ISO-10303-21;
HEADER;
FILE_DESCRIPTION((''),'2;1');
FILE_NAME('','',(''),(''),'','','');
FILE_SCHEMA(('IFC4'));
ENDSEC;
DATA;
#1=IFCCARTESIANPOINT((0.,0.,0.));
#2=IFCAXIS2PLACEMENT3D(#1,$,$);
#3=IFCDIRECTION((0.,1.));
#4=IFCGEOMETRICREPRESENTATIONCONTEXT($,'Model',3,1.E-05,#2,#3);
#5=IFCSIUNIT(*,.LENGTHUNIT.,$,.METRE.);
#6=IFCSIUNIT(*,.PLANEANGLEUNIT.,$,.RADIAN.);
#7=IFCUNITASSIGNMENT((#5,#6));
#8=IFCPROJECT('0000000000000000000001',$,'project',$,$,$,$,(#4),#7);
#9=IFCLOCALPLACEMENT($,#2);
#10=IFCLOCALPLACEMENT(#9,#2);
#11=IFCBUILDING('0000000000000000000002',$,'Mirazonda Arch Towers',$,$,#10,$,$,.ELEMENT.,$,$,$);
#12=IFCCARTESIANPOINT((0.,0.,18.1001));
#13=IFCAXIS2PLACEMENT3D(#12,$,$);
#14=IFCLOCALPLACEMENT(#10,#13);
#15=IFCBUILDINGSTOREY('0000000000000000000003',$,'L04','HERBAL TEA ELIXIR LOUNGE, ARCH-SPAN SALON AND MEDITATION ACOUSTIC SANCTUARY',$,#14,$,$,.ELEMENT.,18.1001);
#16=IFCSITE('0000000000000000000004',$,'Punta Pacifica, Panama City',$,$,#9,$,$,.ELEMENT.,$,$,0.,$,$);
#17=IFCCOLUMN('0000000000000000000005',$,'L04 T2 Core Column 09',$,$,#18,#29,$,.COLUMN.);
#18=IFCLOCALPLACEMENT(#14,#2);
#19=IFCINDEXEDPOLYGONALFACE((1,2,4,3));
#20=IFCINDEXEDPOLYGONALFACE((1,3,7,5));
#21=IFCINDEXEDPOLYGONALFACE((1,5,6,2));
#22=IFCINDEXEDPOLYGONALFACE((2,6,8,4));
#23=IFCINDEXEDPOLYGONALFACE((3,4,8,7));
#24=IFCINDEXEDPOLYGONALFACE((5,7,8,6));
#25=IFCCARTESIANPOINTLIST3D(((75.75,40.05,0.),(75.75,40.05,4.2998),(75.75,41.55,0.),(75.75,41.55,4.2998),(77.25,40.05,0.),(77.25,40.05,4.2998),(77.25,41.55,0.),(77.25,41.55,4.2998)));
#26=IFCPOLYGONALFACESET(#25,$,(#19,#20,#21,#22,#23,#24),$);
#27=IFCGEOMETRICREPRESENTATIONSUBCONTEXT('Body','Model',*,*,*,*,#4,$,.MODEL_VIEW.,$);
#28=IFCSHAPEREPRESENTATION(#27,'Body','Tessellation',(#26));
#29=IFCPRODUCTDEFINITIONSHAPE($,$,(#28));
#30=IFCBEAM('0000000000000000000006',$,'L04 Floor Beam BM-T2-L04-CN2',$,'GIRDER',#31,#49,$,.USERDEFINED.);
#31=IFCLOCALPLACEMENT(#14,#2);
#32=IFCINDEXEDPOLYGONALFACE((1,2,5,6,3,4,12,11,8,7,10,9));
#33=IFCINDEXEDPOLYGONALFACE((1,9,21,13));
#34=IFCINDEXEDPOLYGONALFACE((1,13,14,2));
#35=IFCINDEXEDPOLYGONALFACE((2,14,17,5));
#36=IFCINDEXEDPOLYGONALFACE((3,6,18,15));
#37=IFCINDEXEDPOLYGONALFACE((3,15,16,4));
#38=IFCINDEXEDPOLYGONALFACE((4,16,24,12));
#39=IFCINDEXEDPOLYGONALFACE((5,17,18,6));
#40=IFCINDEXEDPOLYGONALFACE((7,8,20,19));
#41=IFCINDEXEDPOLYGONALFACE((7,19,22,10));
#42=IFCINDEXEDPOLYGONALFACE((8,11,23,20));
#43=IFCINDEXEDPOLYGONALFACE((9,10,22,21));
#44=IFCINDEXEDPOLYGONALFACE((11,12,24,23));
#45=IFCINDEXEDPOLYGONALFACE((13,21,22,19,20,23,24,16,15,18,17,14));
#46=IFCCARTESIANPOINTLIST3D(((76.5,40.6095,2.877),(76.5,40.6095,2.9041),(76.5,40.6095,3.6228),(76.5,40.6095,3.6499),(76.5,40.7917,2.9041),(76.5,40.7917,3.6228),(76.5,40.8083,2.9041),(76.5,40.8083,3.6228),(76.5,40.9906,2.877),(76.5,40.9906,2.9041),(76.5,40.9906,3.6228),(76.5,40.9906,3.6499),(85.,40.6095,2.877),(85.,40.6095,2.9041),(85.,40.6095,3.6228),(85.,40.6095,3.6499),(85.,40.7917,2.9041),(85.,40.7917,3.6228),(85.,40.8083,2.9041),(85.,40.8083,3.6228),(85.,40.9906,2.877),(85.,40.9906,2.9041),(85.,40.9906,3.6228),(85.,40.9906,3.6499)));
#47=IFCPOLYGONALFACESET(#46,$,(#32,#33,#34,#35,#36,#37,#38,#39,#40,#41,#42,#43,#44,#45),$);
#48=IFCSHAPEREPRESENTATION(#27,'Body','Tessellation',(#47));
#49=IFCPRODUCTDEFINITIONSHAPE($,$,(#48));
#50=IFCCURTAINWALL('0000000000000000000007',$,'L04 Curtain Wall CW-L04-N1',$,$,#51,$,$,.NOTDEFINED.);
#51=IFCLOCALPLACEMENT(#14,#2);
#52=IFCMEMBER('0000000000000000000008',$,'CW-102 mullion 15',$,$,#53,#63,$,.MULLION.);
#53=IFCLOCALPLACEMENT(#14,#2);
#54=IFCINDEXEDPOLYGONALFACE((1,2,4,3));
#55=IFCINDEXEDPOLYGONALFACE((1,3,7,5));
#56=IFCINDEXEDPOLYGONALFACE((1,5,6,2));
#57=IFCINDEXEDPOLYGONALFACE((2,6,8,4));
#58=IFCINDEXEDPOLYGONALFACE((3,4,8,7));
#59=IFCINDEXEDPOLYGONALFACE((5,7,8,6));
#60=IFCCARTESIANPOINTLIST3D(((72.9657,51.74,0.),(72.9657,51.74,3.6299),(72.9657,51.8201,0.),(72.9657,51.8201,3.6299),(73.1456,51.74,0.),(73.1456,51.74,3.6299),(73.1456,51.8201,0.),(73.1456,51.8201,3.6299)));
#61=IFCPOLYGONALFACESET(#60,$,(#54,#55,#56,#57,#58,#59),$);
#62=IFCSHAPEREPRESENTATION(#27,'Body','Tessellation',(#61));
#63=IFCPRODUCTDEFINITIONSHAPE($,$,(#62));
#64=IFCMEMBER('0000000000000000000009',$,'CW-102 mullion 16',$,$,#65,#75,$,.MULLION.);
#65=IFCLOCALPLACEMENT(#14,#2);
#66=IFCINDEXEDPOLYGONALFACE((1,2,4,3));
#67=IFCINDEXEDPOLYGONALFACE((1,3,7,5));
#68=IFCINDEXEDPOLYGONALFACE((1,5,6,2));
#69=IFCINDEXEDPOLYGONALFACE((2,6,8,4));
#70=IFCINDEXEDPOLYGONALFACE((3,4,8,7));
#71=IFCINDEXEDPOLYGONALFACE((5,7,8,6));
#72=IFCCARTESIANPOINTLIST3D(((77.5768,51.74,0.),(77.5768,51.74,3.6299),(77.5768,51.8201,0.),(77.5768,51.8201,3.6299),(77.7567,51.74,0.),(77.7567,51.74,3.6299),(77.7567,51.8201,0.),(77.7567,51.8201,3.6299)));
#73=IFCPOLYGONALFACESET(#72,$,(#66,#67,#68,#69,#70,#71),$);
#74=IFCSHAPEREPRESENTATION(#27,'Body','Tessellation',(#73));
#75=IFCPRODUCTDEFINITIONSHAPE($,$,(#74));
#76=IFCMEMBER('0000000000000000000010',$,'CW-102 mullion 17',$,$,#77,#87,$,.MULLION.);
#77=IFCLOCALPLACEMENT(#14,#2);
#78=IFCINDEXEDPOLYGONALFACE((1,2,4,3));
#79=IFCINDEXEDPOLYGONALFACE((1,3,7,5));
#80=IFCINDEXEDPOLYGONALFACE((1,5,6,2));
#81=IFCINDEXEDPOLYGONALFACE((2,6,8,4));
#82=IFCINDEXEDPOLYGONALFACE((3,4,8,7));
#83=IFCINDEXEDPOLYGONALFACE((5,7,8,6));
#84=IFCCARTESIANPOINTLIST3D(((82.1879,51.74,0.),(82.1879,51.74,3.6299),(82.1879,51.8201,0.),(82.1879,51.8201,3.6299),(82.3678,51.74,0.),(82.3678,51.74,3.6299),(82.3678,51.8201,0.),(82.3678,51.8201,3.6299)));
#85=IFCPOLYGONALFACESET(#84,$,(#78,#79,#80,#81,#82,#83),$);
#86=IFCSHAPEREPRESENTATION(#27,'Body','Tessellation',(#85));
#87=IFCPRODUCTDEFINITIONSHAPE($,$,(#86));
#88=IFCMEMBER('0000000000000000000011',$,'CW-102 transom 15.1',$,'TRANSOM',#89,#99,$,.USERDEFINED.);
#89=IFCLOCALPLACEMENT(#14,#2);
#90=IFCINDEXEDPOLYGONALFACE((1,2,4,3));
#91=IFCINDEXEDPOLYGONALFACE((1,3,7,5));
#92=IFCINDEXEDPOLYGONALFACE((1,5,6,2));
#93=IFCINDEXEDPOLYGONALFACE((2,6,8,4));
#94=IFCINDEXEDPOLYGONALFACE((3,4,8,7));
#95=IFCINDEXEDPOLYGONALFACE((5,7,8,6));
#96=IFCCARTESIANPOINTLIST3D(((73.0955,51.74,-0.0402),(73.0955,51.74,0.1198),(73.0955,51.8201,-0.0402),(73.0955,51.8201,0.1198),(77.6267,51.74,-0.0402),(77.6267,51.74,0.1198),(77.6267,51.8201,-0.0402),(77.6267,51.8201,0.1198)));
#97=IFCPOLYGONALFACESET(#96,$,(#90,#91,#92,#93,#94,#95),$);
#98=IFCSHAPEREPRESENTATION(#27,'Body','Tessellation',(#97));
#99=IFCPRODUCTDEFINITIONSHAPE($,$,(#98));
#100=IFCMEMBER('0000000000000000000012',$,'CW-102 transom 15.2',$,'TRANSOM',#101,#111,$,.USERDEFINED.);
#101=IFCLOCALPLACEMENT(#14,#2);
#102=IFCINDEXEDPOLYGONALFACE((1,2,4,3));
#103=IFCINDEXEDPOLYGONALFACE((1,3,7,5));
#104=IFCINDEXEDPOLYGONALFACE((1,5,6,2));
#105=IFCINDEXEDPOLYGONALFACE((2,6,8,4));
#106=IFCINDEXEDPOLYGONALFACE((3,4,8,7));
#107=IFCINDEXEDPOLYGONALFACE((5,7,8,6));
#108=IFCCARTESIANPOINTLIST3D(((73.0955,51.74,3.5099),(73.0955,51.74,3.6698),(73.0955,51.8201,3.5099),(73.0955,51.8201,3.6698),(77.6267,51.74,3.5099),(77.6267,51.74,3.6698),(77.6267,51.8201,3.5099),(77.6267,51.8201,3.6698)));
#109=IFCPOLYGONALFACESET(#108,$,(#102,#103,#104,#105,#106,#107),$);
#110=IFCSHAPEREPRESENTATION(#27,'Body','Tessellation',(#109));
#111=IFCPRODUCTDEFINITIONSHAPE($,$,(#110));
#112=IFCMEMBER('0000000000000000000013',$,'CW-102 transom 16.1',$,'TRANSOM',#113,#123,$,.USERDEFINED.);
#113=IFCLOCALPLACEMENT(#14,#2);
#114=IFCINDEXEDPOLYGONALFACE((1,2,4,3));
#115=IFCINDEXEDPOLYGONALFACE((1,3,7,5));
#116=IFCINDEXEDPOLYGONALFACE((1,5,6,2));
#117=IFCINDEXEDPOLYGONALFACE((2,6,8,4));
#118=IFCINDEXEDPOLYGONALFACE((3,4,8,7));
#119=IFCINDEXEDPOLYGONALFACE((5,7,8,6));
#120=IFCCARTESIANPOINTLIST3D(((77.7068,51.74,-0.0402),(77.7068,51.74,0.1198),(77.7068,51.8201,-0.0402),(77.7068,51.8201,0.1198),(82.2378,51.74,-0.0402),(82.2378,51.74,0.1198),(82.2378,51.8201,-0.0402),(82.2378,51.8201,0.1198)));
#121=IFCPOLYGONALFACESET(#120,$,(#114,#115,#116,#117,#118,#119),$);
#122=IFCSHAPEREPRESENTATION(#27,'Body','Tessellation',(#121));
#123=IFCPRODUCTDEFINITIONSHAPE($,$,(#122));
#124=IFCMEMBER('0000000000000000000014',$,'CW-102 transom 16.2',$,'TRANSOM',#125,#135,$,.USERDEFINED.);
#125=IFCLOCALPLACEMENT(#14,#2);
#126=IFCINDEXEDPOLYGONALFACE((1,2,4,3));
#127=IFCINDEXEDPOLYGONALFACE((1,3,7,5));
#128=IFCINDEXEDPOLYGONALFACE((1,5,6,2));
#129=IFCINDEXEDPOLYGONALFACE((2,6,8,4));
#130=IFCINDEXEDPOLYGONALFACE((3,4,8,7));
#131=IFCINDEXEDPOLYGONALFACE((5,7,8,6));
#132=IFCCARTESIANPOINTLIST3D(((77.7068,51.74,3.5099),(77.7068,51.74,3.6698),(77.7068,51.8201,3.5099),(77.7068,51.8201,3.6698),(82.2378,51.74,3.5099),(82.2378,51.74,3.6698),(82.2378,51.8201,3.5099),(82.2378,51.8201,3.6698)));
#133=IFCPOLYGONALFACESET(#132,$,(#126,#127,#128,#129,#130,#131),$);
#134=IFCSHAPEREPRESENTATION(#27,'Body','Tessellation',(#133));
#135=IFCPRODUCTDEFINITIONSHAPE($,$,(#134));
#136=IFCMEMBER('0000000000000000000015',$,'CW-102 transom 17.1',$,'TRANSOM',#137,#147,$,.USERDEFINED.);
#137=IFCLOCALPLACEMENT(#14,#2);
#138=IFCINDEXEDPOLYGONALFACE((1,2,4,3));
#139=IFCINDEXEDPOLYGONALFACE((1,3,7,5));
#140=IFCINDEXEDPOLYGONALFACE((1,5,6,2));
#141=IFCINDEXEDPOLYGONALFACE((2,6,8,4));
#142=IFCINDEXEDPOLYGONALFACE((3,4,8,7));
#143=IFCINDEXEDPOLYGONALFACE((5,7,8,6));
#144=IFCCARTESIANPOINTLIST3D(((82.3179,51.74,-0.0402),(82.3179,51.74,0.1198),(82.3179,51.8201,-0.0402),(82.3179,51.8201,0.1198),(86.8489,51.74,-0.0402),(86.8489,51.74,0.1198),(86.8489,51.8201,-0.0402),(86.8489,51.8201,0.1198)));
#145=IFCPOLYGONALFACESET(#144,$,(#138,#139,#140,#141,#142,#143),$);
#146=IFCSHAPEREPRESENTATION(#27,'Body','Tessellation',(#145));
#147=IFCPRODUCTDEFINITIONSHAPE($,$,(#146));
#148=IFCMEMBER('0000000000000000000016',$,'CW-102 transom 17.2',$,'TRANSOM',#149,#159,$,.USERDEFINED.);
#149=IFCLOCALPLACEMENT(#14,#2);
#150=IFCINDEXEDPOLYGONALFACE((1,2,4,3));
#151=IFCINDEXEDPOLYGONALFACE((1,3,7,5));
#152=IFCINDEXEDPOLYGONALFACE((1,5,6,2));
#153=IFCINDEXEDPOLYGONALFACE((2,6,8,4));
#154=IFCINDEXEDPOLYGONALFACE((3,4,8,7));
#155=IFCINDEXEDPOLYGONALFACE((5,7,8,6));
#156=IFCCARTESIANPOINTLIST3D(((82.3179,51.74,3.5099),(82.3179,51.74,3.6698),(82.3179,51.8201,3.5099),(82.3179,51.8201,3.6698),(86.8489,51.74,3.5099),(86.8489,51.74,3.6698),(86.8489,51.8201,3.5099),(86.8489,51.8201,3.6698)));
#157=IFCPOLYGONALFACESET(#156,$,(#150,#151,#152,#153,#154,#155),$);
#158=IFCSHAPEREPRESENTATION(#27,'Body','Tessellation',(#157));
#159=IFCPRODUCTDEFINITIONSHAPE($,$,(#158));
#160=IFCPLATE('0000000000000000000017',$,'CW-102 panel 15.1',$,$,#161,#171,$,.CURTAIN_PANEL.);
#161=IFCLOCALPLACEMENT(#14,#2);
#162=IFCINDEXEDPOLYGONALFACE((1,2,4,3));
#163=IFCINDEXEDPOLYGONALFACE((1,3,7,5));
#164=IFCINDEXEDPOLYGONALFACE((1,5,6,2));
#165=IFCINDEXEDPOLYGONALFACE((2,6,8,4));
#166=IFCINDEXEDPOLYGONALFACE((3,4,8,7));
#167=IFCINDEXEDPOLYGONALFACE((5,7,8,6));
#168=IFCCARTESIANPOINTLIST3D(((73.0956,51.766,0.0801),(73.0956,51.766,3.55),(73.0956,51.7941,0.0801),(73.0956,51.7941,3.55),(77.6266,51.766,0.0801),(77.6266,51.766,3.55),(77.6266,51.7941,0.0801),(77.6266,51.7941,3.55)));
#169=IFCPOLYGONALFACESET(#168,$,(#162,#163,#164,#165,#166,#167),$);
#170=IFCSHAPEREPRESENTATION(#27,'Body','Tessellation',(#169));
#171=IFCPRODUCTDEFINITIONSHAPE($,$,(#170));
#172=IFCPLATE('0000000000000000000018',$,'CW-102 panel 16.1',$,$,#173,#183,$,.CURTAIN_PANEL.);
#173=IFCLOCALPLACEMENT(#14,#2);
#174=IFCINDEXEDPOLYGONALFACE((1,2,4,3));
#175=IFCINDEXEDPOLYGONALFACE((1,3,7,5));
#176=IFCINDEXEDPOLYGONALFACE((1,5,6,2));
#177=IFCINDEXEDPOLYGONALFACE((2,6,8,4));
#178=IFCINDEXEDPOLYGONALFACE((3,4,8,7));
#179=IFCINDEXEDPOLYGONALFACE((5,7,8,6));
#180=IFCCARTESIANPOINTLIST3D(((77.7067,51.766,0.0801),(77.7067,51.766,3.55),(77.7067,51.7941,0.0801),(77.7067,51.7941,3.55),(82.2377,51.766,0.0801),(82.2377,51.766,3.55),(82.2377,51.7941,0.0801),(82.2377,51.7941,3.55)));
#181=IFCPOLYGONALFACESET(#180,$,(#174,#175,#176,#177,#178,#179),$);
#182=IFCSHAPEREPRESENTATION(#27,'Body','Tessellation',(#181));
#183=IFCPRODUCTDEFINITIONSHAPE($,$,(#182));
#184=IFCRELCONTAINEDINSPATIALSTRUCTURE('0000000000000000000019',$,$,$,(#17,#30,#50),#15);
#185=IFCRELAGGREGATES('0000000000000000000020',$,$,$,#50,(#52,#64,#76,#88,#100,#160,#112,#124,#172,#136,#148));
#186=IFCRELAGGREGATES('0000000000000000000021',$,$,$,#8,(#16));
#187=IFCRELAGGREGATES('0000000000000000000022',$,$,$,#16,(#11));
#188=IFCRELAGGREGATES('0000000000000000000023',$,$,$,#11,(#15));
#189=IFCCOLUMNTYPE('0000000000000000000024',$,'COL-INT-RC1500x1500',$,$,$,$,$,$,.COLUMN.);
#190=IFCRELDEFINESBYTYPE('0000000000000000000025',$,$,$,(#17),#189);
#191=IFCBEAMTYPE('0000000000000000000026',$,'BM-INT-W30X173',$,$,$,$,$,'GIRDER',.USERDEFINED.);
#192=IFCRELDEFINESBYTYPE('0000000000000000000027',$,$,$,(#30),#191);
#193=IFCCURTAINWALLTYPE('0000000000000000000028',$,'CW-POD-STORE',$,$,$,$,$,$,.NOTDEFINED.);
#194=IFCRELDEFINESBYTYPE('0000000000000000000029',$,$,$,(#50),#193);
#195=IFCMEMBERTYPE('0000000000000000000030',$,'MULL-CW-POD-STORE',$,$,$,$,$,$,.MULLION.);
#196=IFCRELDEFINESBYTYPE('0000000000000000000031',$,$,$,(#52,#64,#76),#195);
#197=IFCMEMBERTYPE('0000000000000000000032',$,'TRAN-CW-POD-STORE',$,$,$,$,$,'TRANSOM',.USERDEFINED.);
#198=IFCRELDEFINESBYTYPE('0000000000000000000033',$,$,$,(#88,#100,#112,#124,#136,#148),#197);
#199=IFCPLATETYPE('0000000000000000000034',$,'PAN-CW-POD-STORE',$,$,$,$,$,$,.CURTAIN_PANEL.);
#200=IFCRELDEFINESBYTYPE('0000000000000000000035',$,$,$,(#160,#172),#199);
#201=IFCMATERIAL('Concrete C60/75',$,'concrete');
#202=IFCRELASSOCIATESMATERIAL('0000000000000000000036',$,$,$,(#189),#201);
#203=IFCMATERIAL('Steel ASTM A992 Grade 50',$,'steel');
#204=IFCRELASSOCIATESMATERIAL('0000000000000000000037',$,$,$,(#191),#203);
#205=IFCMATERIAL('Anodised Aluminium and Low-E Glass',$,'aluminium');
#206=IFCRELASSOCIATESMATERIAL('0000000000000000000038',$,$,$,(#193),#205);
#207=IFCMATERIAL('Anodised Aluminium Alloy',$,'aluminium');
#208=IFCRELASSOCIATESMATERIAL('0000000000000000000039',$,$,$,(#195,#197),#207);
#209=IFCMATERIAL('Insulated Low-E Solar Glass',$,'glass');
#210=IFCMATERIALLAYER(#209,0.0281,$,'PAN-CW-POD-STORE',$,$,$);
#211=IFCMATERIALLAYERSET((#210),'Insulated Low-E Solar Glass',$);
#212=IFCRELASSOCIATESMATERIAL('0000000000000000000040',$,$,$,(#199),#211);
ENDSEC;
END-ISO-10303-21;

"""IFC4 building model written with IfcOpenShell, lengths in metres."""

from ifc_helpers import new_model, si_unit, direction, frame, origin, origin_2d, place, context, subcontext, project, spatial, rectangle, i_section, extrude, material, layer, layer_set, material_profile, profile_set, type_object, element, aggregate, save


model = new_model("IFC4")

# Units and contexts
model_context = context("Model", 3, precision=1e-05, world=origin(), true_north=direction((0.0, 1.0)))
body_context = subcontext(model_context, "Body", "Model", "MODEL_VIEW")
ifc_project = project(units=[si_unit("LENGTHUNIT", "METRE"), si_unit("PLANEANGLEUNIT", "RADIAN")], contexts=[model_context])

# Site, building, storey
site_placement = place(None, origin())
site = spatial("IfcSite", under=ifc_project, at=site_placement, Name="Punta Pacifica, Panama City", CompositionType="ELEMENT", RefElevation=0.0)
building_placement = place(site_placement, origin())
building = spatial("IfcBuilding", under=site, at=building_placement, Name="Mirazonda Arch Towers", CompositionType="ELEMENT")
storey_placement = place(building_placement, frame((0.0, 0.0, 18.1001)))
storey = spatial("IfcBuildingStorey", under=building, at=storey_placement, Name="L04", Description="HERBAL TEA ELIXIR LOUNGE, ARCH-SPAN SALON AND MEDITATION ACOUSTIC SANCTUARY", CompositionType="ELEMENT", Elevation=18.1001)

# Column
ifc_material_1 = material(Name="Concrete C60/75", Category="concrete")
ifc_material_profile_1 = material_profile(ifc_material_1, rectangle(XDim=1.5, YDim=1.5, at=origin_2d()), Name="RC1500x1500")
ifc_profile_set_1 = profile_set([ifc_material_profile_1], Name="Concrete C60/75")
column_type = type_object("IfcColumnType", Name="COL-INT-RC1500x1500", PredefinedType="COLUMN", material=ifc_profile_set_1)
column_placement = place(storey_placement, frame((76.5, 40.8, 0.0), z_axis=(0.0, 0.0, 1.0), x_axis=(1.0, 0.0, 0.0)))
element("IfcColumn", 1, at=column_placement, inside=storey, type_object=column_type, Name="L04 T2 Core Column 09", PredefinedType="COLUMN", context=body_context, shape_type="SweptSolid", body=[
    extrude(rectangle(XDim=1.5, YDim=1.5, at=origin_2d()), origin(), (0.0, 0.0, 1.0), 4.2998),
])

# Beam
ifc_material_2 = material(Name="Steel ASTM A992 Grade 50", Category="steel")
ifc_material_profile_2 = material_profile(ifc_material_2, i_section(OverallWidth=0.3811, OverallDepth=0.7729, WebThickness=0.0166, FlangeThickness=0.0271, at=origin_2d()), Name="W30X173")
ifc_profile_set_2 = profile_set([ifc_material_profile_2], Name="Steel ASTM A992 Grade 50")
beam_type = type_object("IfcBeamType", Name="BM-INT-W30X173", ElementType="GIRDER", PredefinedType="USERDEFINED", material=ifc_profile_set_2)
beam_placement = place(storey_placement, frame((76.5, 40.8, 3.2634), z_axis=(1.0, 0.0, 0.0), x_axis=(0.0, 1.0, 0.0)))
element("IfcBeam", 2, at=beam_placement, inside=storey, type_object=beam_type, Name="L04 Floor Beam BM-T2-L04-CN2", ObjectType="GIRDER", PredefinedType="USERDEFINED", context=body_context, shape_type="SweptSolid", body=[
    extrude(i_section(OverallWidth=0.3811, OverallDepth=0.7729, WebThickness=0.0166, FlangeThickness=0.0271, at=origin_2d()), origin(), (0.0, 0.0, 1.0), 8.5),
])

# Curtain wall, members, plates
ifc_material_3 = material(Name="Anodised Aluminium and Low-E Glass", Category="aluminium")
curtain_wall_type = type_object("IfcCurtainWallType", Name="CW-POD-STORE", PredefinedType="NOTDEFINED", material=ifc_material_3)
curtain_wall_placement = place(storey_placement, origin())
curtain_wall = element("IfcCurtainWall", 3, at=curtain_wall_placement, inside=storey, type_object=curtain_wall_type, Name="L04 Curtain Wall CW-L04-N1", PredefinedType="NOTDEFINED")
ifc_material_4 = material(Name="Anodised Aluminium Alloy", Category="aluminium")
ifc_material_profile_3 = material_profile(ifc_material_4, rectangle(XDim=0.0801, YDim=0.1799, at=origin_2d()), Name="ALU-MULL-80x180")
ifc_profile_set_3 = profile_set([ifc_material_profile_3], Name="Anodised Aluminium Alloy")
member_type_1 = type_object("IfcMemberType", Name="MULL-CW-POD-STORE", PredefinedType="MULLION", material=ifc_profile_set_3)
member_1_placement = place(storey_placement, frame((73.0557, 51.78, 0.0), z_axis=(0.0, 0.0, 1.0), x_axis=(0.0, 1.0, 0.0)))
member_1 = element("IfcMember", 4, at=member_1_placement, type_object=member_type_1, Name="CW-102 mullion 15", PredefinedType="MULLION", context=body_context, shape_type="SweptSolid", body=[
    extrude(rectangle(XDim=0.0801, YDim=0.1799, at=origin_2d()), origin(), (0.0, 0.0, 1.0), 3.6299),
])
member_2_placement = place(storey_placement, frame((77.6667, 51.78, 0.0), z_axis=(0.0, 0.0, 1.0), x_axis=(0.0, 1.0, 0.0)))
member_2 = element("IfcMember", 5, at=member_2_placement, type_object=member_type_1, Name="CW-102 mullion 16", PredefinedType="MULLION", context=body_context, shape_type="SweptSolid", body=[
    extrude(rectangle(XDim=0.0801, YDim=0.1799, at=origin_2d()), origin(), (0.0, 0.0, 1.0), 3.6299),
])
member_3_placement = place(storey_placement, frame((82.2778, 51.78, 0.0), z_axis=(0.0, 0.0, 1.0), x_axis=(0.0, 1.0, 0.0)))
member_3 = element("IfcMember", 6, at=member_3_placement, type_object=member_type_1, Name="CW-102 mullion 17", PredefinedType="MULLION", context=body_context, shape_type="SweptSolid", body=[
    extrude(rectangle(XDim=0.0801, YDim=0.1799, at=origin_2d()), origin(), (0.0, 0.0, 1.0), 3.6299),
])
ifc_material_profile_4 = material_profile(ifc_material_4, rectangle(XDim=0.0801, YDim=0.1599, at=origin_2d()), Name="ALU-TRAN-80x160")
ifc_profile_set_4 = profile_set([ifc_material_profile_4], Name="Anodised Aluminium Alloy")
member_type_2 = type_object("IfcMemberType", Name="TRAN-CW-POD-STORE", ElementType="TRANSOM", PredefinedType="USERDEFINED", material=ifc_profile_set_4)
member_4_placement = place(storey_placement, frame((73.0955, 51.78, 0.0398), z_axis=(1.0, 0.0, 0.0), x_axis=(0.0, 1.0, 0.0)))
member_4 = element("IfcMember", 7, at=member_4_placement, type_object=member_type_2, Name="CW-102 transom 15.1", ObjectType="TRANSOM", PredefinedType="USERDEFINED", context=body_context, shape_type="SweptSolid", body=[
    extrude(rectangle(XDim=0.0801, YDim=0.1599, at=origin_2d()), origin(), (0.0, 0.0, 1.0), 4.5312),
])
member_5_placement = place(storey_placement, frame((73.0955, 51.78, 3.5898), z_axis=(1.0, 0.0, 0.0), x_axis=(0.0, 1.0, 0.0)))
member_5 = element("IfcMember", 8, at=member_5_placement, type_object=member_type_2, Name="CW-102 transom 15.2", ObjectType="TRANSOM", PredefinedType="USERDEFINED", context=body_context, shape_type="SweptSolid", body=[
    extrude(rectangle(XDim=0.0801, YDim=0.1599, at=origin_2d()), origin(), (0.0, 0.0, 1.0), 4.5312),
])
member_6_placement = place(storey_placement, frame((77.7068, 51.78, 0.0398), z_axis=(1.0, 0.0, 0.0), x_axis=(0.0, 1.0, 0.0)))
member_6 = element("IfcMember", 9, at=member_6_placement, type_object=member_type_2, Name="CW-102 transom 16.1", ObjectType="TRANSOM", PredefinedType="USERDEFINED", context=body_context, shape_type="SweptSolid", body=[
    extrude(rectangle(XDim=0.0801, YDim=0.1599, at=origin_2d()), origin(), (0.0, 0.0, 1.0), 4.531),
])
member_7_placement = place(storey_placement, frame((77.7068, 51.78, 3.5898), z_axis=(1.0, 0.0, 0.0), x_axis=(0.0, 1.0, 0.0)))
member_7 = element("IfcMember", 10, at=member_7_placement, type_object=member_type_2, Name="CW-102 transom 16.2", ObjectType="TRANSOM", PredefinedType="USERDEFINED", context=body_context, shape_type="SweptSolid", body=[
    extrude(rectangle(XDim=0.0801, YDim=0.1599, at=origin_2d()), origin(), (0.0, 0.0, 1.0), 4.531),
])
member_8_placement = place(storey_placement, frame((82.3179, 51.78, 0.0398), z_axis=(1.0, 0.0, 0.0), x_axis=(0.0, 1.0, 0.0)))
member_8 = element("IfcMember", 11, at=member_8_placement, type_object=member_type_2, Name="CW-102 transom 17.1", ObjectType="TRANSOM", PredefinedType="USERDEFINED", context=body_context, shape_type="SweptSolid", body=[
    extrude(rectangle(XDim=0.0801, YDim=0.1599, at=origin_2d()), origin(), (0.0, 0.0, 1.0), 4.531),
])
member_9_placement = place(storey_placement, frame((82.3179, 51.78, 3.5898), z_axis=(1.0, 0.0, 0.0), x_axis=(0.0, 1.0, 0.0)))
member_9 = element("IfcMember", 12, at=member_9_placement, type_object=member_type_2, Name="CW-102 transom 17.2", ObjectType="TRANSOM", PredefinedType="USERDEFINED", context=body_context, shape_type="SweptSolid", body=[
    extrude(rectangle(XDim=0.0801, YDim=0.1599, at=origin_2d()), origin(), (0.0, 0.0, 1.0), 4.531),
])
ifc_material_5 = material(Name="Insulated Low-E Solar Glass", Category="glass")
ifc_layer_1 = layer(ifc_material_5, 0.0281, Name="PAN-CW-POD-STORE")
ifc_layer_set_1 = layer_set([ifc_layer_1], Name="Insulated Low-E Solar Glass")
plate_type = type_object("IfcPlateType", Name="PAN-CW-POD-STORE", PredefinedType="CURTAIN_PANEL", material=ifc_layer_set_1)
plate_1_placement = place(storey_placement, frame((75.3611, 51.78, 0.0801), z_axis=(0.0, 0.0, 1.0), x_axis=(1.0, 0.0, 0.0)))
plate_1 = element("IfcPlate", 13, at=plate_1_placement, type_object=plate_type, Name="CW-102 panel 15.1", PredefinedType="CURTAIN_PANEL", context=body_context, shape_type="SweptSolid", body=[
    extrude(rectangle(XDim=4.531, YDim=0.0281, at=origin_2d()), origin(), (0.0, 0.0, 1.0), 3.47),
])
plate_2_placement = place(storey_placement, frame((79.9722, 51.78, 0.0801), z_axis=(0.0, 0.0, 1.0), x_axis=(1.0, 0.0, 0.0)))
plate_2 = element("IfcPlate", 14, at=plate_2_placement, type_object=plate_type, Name="CW-102 panel 16.1", PredefinedType="CURTAIN_PANEL", context=body_context, shape_type="SweptSolid", body=[
    extrude(rectangle(XDim=4.531, YDim=0.0281, at=origin_2d()), origin(), (0.0, 0.0, 1.0), 3.47),
])
aggregate(curtain_wall, [member_1, member_2, member_3, member_4, member_5, plate_1, member_6, member_7, plate_2, member_8, member_9])

save(model, "model.ifc")
